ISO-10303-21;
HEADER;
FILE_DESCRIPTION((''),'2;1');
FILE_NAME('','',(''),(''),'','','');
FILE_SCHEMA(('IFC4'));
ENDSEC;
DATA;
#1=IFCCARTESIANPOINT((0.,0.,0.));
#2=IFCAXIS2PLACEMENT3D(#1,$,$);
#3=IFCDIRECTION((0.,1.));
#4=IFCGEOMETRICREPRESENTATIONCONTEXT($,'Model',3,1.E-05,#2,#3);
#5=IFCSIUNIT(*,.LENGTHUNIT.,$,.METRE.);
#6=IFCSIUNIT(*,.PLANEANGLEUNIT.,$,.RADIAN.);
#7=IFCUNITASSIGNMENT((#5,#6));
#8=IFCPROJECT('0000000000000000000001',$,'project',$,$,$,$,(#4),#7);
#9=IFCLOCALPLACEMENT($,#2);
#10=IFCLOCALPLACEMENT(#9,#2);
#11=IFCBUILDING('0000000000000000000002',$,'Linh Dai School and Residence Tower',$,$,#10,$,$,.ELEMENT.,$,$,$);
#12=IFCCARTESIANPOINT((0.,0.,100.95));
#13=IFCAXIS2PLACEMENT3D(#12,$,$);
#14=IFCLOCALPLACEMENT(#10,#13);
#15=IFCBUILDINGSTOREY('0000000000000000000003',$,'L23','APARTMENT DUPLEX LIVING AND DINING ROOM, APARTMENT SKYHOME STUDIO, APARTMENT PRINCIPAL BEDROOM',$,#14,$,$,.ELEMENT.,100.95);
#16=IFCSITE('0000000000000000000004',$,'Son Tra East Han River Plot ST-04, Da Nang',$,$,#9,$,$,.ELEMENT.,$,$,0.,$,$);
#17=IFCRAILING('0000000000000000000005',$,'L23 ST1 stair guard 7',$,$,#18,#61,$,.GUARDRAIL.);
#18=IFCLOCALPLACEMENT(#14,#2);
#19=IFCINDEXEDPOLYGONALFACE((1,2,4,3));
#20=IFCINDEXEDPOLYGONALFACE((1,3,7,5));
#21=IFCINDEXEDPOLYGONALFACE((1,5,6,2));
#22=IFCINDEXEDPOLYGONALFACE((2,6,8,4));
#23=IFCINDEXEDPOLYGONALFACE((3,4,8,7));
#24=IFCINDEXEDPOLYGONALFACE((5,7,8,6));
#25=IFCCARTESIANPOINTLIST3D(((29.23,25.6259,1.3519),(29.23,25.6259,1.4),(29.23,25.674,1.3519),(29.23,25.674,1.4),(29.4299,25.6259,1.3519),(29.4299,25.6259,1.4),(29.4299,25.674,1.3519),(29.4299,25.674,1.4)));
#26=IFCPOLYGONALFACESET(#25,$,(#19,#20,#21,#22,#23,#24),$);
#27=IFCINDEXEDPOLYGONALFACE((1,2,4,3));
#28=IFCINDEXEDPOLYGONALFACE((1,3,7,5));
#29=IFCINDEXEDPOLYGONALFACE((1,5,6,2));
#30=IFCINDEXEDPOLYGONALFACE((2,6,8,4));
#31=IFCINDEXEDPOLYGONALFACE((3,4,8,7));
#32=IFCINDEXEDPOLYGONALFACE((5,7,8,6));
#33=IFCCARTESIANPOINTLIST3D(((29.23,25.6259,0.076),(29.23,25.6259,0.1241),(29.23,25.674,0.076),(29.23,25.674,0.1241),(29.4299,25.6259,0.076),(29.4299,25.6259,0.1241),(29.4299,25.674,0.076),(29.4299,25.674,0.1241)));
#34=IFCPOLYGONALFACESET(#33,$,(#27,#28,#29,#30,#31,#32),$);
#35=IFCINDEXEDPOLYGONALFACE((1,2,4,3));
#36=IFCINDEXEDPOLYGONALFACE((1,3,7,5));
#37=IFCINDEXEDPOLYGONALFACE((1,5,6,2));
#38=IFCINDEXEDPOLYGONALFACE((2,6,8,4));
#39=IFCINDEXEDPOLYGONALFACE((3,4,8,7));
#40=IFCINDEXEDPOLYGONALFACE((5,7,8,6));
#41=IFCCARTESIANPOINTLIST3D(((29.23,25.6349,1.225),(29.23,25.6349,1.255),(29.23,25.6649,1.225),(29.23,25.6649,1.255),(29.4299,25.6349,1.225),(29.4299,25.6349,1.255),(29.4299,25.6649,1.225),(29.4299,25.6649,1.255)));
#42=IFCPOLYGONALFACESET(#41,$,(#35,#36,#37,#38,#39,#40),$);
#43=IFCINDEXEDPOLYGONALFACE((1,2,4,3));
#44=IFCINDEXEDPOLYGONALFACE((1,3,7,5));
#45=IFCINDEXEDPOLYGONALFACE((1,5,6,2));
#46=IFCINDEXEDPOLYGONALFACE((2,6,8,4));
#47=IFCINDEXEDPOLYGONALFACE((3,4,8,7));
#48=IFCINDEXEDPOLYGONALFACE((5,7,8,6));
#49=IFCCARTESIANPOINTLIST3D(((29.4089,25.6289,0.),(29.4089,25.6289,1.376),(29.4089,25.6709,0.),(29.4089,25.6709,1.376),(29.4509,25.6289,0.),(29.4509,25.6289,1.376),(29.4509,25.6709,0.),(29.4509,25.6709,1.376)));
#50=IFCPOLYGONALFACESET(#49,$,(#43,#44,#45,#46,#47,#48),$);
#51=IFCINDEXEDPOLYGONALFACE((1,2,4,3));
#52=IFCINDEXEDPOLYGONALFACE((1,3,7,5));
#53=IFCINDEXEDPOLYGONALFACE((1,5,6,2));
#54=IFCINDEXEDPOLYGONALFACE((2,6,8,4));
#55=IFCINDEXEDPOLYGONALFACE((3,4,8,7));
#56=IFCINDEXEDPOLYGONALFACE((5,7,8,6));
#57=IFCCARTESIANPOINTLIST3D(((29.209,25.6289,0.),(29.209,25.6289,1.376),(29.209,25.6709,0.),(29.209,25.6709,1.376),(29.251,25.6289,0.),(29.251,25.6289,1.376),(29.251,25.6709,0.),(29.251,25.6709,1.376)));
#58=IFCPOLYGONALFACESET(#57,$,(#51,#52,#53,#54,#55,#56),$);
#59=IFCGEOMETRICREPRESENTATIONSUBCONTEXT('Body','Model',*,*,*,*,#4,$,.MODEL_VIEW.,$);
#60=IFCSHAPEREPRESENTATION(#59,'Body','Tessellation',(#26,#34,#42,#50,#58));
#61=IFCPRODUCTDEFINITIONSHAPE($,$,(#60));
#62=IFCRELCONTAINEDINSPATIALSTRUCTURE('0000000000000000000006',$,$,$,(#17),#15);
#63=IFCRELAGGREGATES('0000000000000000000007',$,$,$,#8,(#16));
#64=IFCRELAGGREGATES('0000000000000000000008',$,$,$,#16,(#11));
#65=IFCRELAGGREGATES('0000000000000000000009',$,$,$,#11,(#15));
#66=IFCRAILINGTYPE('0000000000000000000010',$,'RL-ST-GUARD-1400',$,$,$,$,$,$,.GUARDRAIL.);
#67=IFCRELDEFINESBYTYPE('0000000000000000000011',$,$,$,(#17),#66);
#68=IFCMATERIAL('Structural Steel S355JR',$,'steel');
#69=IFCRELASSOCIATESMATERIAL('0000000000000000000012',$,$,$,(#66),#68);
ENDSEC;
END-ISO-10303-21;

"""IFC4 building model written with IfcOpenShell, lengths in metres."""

from ifc_helpers import new_model, si_unit, direction, frame, origin, origin_2d, place, context, subcontext, project, spatial, rectangle, extrude, source, transform, mapped, material, type_object, element, save


model = new_model("IFC4")

# Units and contexts
model_context = context("Model", 3, precision=1e-05, world=origin(), true_north=direction((0.0, 1.0)))
body_context = subcontext(model_context, "Body", "Model", "MODEL_VIEW")
ifc_project = project(units=[si_unit("LENGTHUNIT", "METRE"), si_unit("PLANEANGLEUNIT", "RADIAN")], contexts=[model_context])

# Site, building, storey
site_placement = place(None, origin())
site = spatial("IfcSite", under=ifc_project, at=site_placement, Name="Son Tra East Han River Plot ST-04, Da Nang", CompositionType="ELEMENT", RefElevation=0.0)
building_placement = place(site_placement, origin())
building = spatial("IfcBuilding", under=site, at=building_placement, Name="Linh Dai School and Residence Tower", CompositionType="ELEMENT")
storey_placement = place(building_placement, frame((0.0, 0.0, 100.95)))
storey = spatial("IfcBuildingStorey", under=building, at=storey_placement, Name="L23", Description="APARTMENT DUPLEX LIVING AND DINING ROOM, APARTMENT SKYHOME STUDIO, APARTMENT PRINCIPAL BEDROOM", CompositionType="ELEMENT", Elevation=100.95)

# Shared definitions
ifc_material_1 = material(Name="Structural Steel S355JR", Category="steel")

# Railing
railing_type = type_object("IfcRailingType", Name="RL-ST-GUARD-1400", PredefinedType="GUARDRAIL", material=ifc_material_1)
shared_shape_1 = source(origin(), body_context, "Body", "SweptSolid", [
    extrude(rectangle(XDim=0.0481, YDim=0.0481, at=origin_2d()), frame((0.0, 0.0, 1.376), z_axis=(-1.0, 0.0, 0.0), x_axis=(0.0, -1.0, 0.0)), (0.0, 0.0, 1.0), 0.2),
    extrude(rectangle(XDim=0.0481, YDim=0.0481, at=origin_2d()), frame((0.0, 0.0, 0.1001), z_axis=(-1.0, 0.0, 0.0), x_axis=(0.0, -1.0, 0.0)), (0.0, 0.0, 1.0), 0.2),
    extrude(rectangle(XDim=0.03, YDim=0.03, at=origin_2d()), frame((0.0, 0.0, 1.24), z_axis=(-1.0, 0.0, 0.0), x_axis=(0.0, -1.0, 0.0)), (0.0, 0.0, 1.0), 0.2),
    extrude(rectangle(XDim=0.042, YDim=0.042, at=origin_2d()), origin(), (0.0, 0.0, 1.0), 1.376),
    extrude(rectangle(XDim=0.042, YDim=0.042, at=origin_2d()), frame((-0.2, 0.0, 0.0)), (0.0, 0.0, 1.0), 1.376),
])
railing_1_placement = place(storey_placement, frame((29.4299, 25.6499, 0.0)))
element("IfcRailing", 1, at=railing_1_placement, inside=storey, type_object=railing_type, Name="L23 ST1 stair guard 7", PredefinedType="GUARDRAIL", context=body_context, shape_type="MappedRepresentation", body=[
    mapped(shared_shape_1, transform((0.0, 0.0, 0.0), x_axis=(1.0, 0.0, 0.0), y_axis=(0.0, 1.0, 0.0), z_axis=(0.0, 0.0, 1.0), scale=1.0)),
])

save(model, "model.ifc")
